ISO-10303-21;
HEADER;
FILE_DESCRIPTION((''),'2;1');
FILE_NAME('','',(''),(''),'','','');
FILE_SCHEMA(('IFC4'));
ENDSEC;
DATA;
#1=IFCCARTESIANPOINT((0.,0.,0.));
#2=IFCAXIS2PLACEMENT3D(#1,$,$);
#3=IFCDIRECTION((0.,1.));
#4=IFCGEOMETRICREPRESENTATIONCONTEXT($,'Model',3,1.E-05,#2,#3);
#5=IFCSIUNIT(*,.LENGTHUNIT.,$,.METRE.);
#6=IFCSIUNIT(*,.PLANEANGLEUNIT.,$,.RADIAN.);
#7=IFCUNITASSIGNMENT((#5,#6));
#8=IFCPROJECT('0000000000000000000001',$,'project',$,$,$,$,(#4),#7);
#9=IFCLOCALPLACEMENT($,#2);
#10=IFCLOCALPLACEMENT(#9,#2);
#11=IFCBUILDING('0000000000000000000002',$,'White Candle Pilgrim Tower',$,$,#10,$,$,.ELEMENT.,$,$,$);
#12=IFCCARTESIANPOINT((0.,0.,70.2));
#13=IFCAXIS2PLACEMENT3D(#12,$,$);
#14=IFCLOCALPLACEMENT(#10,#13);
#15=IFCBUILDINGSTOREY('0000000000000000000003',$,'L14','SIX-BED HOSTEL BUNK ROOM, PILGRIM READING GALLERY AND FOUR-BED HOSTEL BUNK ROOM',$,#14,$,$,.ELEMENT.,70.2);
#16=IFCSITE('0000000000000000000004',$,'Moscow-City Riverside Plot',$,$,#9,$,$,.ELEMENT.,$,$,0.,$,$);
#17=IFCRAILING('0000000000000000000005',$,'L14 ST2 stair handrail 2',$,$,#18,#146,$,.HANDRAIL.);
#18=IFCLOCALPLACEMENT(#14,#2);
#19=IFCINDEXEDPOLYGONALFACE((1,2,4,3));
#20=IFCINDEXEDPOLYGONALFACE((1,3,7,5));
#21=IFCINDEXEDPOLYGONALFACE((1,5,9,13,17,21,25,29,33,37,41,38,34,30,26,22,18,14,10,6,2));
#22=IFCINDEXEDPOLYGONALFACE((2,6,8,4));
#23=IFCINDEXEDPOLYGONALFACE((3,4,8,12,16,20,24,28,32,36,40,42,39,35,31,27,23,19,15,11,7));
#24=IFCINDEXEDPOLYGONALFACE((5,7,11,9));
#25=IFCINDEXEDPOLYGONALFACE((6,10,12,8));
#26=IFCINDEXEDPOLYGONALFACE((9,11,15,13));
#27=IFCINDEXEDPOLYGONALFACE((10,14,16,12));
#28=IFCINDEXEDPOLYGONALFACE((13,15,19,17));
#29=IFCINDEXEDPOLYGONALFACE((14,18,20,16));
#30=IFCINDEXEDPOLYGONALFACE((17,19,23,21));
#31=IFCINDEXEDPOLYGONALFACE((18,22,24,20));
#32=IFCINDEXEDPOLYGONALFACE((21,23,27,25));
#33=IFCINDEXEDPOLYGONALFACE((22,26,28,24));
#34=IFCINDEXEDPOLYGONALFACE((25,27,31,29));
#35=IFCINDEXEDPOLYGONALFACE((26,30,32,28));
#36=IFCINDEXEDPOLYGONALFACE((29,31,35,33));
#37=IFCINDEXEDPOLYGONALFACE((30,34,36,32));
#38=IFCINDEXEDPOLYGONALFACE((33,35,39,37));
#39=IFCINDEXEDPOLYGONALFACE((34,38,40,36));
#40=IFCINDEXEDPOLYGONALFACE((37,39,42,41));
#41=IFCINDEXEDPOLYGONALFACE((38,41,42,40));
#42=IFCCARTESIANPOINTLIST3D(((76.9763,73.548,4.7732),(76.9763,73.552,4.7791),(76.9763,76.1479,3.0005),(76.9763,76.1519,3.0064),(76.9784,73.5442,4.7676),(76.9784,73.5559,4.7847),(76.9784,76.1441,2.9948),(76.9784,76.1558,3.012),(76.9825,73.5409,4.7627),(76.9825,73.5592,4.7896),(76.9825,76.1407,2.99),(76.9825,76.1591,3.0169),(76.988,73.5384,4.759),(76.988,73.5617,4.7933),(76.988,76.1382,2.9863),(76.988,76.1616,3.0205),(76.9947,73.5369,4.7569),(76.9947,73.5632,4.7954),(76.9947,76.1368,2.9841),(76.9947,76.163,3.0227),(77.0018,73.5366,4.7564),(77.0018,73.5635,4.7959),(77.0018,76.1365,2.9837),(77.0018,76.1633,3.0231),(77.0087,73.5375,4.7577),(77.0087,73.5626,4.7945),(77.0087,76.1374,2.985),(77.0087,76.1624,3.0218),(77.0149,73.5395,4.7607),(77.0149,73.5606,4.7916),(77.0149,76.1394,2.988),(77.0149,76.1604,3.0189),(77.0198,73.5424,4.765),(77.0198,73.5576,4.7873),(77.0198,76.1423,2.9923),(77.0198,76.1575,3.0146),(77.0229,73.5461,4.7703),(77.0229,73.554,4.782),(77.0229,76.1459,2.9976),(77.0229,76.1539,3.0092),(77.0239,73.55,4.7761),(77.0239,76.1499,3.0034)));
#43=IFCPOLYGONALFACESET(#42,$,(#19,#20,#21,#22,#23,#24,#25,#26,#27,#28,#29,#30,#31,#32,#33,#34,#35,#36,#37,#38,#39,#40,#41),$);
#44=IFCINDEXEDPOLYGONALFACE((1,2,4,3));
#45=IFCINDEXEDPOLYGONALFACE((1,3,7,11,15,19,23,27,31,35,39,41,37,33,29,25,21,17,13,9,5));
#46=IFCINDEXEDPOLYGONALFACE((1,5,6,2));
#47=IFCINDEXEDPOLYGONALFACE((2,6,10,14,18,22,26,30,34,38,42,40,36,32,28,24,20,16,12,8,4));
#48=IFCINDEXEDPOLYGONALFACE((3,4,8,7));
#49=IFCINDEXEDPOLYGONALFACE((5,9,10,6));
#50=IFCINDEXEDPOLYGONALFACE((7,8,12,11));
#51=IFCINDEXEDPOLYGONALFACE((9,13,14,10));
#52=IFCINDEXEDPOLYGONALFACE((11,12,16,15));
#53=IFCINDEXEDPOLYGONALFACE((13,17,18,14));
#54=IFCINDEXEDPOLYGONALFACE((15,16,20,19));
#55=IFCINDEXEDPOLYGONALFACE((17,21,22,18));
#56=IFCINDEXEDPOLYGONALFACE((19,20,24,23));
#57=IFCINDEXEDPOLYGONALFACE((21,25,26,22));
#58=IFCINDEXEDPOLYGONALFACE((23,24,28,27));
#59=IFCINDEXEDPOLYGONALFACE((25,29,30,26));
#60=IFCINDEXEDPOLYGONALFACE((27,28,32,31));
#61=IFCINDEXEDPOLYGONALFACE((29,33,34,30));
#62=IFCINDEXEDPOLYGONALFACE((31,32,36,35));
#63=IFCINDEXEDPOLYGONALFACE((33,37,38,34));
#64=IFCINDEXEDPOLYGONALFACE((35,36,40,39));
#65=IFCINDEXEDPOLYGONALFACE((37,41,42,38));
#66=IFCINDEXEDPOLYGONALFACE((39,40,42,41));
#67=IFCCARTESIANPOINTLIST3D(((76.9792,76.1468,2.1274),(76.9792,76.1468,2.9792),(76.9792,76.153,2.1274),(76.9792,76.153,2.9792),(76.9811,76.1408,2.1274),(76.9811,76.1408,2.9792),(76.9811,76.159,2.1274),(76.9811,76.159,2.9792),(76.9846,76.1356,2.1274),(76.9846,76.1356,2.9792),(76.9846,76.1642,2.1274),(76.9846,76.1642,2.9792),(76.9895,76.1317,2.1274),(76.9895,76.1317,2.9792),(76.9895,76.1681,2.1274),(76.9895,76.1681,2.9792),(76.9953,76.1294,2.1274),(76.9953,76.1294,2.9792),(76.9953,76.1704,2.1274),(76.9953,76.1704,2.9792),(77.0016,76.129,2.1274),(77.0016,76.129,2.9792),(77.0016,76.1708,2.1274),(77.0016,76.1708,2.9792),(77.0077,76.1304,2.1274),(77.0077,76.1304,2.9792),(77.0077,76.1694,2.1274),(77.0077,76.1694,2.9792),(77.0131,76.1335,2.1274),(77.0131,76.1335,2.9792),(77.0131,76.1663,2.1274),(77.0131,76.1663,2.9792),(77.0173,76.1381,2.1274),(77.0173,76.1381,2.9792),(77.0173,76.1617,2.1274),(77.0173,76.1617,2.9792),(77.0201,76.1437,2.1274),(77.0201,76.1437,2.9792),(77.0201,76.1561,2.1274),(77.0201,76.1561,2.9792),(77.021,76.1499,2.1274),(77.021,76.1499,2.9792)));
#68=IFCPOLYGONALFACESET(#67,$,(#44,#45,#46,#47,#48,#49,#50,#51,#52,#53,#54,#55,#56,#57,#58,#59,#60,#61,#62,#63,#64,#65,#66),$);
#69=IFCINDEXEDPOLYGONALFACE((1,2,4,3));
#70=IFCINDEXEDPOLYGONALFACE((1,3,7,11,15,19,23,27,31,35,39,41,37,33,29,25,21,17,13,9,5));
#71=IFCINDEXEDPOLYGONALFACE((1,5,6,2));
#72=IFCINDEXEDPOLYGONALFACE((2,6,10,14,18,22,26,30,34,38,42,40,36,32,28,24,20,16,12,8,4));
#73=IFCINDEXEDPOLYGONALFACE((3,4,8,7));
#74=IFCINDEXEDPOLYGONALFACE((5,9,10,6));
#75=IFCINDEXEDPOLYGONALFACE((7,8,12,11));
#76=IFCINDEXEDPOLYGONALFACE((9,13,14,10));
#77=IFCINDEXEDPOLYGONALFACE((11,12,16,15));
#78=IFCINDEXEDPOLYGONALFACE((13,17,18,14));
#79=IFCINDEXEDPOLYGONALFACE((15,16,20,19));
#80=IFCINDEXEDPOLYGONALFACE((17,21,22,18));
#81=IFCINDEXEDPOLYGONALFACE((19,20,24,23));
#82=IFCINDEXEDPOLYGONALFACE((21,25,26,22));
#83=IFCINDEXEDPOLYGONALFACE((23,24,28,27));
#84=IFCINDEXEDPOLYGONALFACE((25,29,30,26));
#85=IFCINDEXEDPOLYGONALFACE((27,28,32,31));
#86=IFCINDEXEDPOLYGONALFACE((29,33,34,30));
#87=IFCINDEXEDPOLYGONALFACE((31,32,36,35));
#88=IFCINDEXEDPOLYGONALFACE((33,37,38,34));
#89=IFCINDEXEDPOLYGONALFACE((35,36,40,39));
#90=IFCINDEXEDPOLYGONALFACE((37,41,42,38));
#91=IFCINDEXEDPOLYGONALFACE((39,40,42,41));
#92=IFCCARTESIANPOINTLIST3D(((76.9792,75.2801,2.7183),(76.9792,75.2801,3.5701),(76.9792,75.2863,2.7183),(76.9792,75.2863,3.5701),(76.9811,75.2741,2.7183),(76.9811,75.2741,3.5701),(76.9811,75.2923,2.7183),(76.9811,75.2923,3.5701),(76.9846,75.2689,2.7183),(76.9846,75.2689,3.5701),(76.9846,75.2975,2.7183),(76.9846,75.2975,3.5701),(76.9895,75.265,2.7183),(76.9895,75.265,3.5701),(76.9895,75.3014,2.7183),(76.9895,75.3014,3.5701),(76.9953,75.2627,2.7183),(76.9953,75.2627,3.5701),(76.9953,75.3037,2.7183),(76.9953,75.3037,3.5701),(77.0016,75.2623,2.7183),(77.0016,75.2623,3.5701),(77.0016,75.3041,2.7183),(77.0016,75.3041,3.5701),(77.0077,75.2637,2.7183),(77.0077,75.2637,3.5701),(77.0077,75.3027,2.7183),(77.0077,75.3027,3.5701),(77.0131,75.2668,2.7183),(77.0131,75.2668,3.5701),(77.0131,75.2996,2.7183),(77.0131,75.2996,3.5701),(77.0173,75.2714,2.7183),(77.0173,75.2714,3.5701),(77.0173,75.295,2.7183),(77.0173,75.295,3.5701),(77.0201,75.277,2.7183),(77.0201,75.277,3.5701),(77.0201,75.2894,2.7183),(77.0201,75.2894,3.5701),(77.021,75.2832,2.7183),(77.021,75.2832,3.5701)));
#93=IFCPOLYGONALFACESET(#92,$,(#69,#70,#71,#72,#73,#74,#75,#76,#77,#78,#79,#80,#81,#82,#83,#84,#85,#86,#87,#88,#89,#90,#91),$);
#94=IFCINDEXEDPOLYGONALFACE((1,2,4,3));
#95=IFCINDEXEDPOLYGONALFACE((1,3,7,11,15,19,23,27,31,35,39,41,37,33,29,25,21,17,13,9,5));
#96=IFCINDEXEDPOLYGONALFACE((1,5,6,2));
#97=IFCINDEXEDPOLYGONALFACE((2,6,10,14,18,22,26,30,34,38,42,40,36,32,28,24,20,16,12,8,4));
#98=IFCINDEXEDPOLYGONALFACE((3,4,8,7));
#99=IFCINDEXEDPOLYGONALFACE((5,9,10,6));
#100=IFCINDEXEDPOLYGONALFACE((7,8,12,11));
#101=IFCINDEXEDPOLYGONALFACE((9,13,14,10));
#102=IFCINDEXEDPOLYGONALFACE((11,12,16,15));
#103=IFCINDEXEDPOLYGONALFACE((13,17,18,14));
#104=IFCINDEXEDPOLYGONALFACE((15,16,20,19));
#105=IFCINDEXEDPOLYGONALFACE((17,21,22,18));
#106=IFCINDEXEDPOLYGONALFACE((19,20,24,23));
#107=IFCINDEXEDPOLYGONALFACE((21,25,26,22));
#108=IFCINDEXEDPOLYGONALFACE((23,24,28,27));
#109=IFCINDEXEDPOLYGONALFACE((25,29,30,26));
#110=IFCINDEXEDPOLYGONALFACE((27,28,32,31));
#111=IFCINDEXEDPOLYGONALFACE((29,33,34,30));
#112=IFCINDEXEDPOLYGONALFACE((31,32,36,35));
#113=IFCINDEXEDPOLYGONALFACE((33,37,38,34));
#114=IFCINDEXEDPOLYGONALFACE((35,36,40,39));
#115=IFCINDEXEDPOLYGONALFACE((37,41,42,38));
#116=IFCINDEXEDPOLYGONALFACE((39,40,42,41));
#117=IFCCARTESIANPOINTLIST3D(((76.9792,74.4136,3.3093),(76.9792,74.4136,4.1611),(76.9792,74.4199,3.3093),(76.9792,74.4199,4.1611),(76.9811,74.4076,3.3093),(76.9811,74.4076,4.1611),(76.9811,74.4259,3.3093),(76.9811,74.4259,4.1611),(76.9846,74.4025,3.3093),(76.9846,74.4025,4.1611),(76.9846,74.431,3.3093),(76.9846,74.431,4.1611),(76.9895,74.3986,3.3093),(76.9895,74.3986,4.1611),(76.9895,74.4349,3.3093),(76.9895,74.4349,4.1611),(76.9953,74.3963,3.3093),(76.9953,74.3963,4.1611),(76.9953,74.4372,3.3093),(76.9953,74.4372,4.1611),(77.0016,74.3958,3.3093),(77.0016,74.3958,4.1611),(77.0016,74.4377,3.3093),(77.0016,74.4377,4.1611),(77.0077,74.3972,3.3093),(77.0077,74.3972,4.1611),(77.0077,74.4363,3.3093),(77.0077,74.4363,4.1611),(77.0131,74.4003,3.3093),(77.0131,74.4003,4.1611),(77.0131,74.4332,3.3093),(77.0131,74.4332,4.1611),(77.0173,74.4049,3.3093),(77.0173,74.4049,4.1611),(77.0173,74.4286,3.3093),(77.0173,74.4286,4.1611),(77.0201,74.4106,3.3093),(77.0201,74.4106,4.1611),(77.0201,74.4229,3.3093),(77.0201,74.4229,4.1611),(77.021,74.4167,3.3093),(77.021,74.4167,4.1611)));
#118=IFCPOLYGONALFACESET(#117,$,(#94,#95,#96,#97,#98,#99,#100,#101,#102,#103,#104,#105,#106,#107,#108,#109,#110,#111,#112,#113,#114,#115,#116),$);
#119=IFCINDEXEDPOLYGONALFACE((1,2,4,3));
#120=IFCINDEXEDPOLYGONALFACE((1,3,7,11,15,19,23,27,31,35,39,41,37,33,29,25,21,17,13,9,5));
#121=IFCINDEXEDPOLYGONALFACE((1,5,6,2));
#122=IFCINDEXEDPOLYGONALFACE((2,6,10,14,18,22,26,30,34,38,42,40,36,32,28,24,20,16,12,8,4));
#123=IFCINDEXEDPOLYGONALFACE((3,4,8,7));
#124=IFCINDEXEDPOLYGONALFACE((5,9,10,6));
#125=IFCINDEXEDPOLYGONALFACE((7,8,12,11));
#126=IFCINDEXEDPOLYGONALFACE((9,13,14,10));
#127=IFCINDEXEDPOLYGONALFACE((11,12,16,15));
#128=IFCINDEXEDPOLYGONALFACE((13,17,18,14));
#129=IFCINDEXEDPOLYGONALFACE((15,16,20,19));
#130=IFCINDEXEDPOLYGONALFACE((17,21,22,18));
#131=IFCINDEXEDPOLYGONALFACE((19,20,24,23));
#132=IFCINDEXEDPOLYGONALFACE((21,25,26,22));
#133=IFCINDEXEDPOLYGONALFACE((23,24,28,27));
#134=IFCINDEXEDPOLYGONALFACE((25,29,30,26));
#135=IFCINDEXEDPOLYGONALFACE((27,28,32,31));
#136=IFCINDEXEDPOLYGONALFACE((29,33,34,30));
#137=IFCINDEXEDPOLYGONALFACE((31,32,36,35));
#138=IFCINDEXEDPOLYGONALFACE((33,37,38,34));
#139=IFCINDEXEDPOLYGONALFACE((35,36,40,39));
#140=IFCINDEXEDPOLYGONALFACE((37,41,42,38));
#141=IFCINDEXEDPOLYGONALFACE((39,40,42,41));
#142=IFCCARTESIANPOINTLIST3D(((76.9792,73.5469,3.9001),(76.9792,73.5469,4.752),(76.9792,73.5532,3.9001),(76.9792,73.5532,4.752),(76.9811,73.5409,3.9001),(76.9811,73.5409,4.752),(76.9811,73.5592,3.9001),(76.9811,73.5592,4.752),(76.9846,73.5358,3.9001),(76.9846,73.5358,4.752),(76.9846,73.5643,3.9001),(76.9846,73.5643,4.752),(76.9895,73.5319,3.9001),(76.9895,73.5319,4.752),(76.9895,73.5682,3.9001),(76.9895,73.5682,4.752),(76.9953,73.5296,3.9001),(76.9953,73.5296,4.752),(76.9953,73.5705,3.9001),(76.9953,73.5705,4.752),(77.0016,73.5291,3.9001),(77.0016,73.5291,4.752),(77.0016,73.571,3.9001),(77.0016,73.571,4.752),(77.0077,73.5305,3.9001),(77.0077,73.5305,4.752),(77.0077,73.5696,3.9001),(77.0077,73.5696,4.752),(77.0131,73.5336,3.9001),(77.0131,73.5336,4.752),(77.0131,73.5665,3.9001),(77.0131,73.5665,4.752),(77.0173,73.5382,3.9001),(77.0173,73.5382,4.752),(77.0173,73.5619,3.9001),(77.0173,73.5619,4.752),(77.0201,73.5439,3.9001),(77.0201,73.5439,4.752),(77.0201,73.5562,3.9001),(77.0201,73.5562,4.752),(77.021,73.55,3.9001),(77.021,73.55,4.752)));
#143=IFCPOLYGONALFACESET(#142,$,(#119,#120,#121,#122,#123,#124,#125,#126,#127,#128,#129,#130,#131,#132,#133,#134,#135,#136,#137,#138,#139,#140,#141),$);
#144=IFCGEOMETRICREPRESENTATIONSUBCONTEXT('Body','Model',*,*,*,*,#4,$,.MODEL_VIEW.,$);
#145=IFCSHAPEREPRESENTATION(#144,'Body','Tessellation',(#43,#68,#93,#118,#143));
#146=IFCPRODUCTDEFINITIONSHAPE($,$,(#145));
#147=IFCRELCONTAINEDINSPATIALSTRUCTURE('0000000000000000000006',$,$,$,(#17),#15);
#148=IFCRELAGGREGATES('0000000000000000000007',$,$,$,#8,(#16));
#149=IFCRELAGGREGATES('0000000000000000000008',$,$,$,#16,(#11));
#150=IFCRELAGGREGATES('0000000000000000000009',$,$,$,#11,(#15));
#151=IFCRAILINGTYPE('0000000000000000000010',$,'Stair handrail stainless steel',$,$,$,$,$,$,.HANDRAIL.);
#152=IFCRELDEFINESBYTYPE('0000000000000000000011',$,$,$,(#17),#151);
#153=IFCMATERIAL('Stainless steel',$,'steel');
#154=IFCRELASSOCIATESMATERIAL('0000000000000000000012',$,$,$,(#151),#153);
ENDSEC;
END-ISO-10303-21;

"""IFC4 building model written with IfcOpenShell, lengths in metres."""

from ifc_helpers import new_model, si_unit, direction, frame, origin, origin_2d, place, context, subcontext, project, spatial, circle, extrude, material, type_object, element, save


model = new_model("IFC4")

# Units and contexts
model_context = context("Model", 3, precision=1e-05, world=origin(), true_north=direction((0.0, 1.0)))
body_context = subcontext(model_context, "Body", "Model", "MODEL_VIEW")
ifc_project = project(units=[si_unit("LENGTHUNIT", "METRE"), si_unit("PLANEANGLEUNIT", "RADIAN")], contexts=[model_context])

# Site, building, storey
site_placement = place(None, origin())
site = spatial("IfcSite", under=ifc_project, at=site_placement, Name="Moscow-City Riverside Plot", CompositionType="ELEMENT", RefElevation=0.0)
building_placement = place(site_placement, origin())
building = spatial("IfcBuilding", under=site, at=building_placement, Name="White Candle Pilgrim Tower", CompositionType="ELEMENT")
storey_placement = place(building_placement, frame((0.0, 0.0, 70.2)))
storey = spatial("IfcBuildingStorey", under=building, at=storey_placement, Name="L14", Description="SIX-BED HOSTEL BUNK ROOM, PILGRIM READING GALLERY AND FOUR-BED HOSTEL BUNK ROOM", CompositionType="ELEMENT", Elevation=70.2)

# Railing
ifc_material_1 = material(Name="Stainless steel", Category="steel")
railing_type_1 = type_object("IfcRailingType", Name="Stair handrail stainless steel", PredefinedType="HANDRAIL", material=ifc_material_1)
railing_1_placement = place(storey_placement, frame((77.0, 76.1499, 2.1274)))
element("IfcRailing", 1, at=railing_1_placement, inside=storey, type_object=railing_type_1, Name="L14 ST2 stair handrail 2", PredefinedType="HANDRAIL", context=body_context, shape_type="SweptSolid", body=[
    extrude(circle(Radius=0.0239, at=origin_2d()), frame((0.0, 0.0, 0.876), z_axis=(0.0, -0.826216, 0.563354), x_axis=(1.0, 0.0, 0.0)), (0.0, 0.0, 1.0), 3.1467),
    extrude(circle(Radius=0.021, at=origin_2d()), origin(), (0.0, 0.0, 1.0), 0.8518),
    extrude(circle(Radius=0.021, at=origin_2d()), frame((0.0, -0.8667, 0.5908)), (0.0, 0.0, 1.0), 0.8518),
    extrude(circle(Radius=0.021, at=origin_2d()), frame((0.0, -1.7332, 1.1819)), (0.0, 0.0, 1.0), 0.8518),
    extrude(circle(Radius=0.021, at=origin_2d()), frame((0.0, -2.5999, 1.7727)), (0.0, 0.0, 1.0), 0.8518),
])

save(model, "model.ifc")
